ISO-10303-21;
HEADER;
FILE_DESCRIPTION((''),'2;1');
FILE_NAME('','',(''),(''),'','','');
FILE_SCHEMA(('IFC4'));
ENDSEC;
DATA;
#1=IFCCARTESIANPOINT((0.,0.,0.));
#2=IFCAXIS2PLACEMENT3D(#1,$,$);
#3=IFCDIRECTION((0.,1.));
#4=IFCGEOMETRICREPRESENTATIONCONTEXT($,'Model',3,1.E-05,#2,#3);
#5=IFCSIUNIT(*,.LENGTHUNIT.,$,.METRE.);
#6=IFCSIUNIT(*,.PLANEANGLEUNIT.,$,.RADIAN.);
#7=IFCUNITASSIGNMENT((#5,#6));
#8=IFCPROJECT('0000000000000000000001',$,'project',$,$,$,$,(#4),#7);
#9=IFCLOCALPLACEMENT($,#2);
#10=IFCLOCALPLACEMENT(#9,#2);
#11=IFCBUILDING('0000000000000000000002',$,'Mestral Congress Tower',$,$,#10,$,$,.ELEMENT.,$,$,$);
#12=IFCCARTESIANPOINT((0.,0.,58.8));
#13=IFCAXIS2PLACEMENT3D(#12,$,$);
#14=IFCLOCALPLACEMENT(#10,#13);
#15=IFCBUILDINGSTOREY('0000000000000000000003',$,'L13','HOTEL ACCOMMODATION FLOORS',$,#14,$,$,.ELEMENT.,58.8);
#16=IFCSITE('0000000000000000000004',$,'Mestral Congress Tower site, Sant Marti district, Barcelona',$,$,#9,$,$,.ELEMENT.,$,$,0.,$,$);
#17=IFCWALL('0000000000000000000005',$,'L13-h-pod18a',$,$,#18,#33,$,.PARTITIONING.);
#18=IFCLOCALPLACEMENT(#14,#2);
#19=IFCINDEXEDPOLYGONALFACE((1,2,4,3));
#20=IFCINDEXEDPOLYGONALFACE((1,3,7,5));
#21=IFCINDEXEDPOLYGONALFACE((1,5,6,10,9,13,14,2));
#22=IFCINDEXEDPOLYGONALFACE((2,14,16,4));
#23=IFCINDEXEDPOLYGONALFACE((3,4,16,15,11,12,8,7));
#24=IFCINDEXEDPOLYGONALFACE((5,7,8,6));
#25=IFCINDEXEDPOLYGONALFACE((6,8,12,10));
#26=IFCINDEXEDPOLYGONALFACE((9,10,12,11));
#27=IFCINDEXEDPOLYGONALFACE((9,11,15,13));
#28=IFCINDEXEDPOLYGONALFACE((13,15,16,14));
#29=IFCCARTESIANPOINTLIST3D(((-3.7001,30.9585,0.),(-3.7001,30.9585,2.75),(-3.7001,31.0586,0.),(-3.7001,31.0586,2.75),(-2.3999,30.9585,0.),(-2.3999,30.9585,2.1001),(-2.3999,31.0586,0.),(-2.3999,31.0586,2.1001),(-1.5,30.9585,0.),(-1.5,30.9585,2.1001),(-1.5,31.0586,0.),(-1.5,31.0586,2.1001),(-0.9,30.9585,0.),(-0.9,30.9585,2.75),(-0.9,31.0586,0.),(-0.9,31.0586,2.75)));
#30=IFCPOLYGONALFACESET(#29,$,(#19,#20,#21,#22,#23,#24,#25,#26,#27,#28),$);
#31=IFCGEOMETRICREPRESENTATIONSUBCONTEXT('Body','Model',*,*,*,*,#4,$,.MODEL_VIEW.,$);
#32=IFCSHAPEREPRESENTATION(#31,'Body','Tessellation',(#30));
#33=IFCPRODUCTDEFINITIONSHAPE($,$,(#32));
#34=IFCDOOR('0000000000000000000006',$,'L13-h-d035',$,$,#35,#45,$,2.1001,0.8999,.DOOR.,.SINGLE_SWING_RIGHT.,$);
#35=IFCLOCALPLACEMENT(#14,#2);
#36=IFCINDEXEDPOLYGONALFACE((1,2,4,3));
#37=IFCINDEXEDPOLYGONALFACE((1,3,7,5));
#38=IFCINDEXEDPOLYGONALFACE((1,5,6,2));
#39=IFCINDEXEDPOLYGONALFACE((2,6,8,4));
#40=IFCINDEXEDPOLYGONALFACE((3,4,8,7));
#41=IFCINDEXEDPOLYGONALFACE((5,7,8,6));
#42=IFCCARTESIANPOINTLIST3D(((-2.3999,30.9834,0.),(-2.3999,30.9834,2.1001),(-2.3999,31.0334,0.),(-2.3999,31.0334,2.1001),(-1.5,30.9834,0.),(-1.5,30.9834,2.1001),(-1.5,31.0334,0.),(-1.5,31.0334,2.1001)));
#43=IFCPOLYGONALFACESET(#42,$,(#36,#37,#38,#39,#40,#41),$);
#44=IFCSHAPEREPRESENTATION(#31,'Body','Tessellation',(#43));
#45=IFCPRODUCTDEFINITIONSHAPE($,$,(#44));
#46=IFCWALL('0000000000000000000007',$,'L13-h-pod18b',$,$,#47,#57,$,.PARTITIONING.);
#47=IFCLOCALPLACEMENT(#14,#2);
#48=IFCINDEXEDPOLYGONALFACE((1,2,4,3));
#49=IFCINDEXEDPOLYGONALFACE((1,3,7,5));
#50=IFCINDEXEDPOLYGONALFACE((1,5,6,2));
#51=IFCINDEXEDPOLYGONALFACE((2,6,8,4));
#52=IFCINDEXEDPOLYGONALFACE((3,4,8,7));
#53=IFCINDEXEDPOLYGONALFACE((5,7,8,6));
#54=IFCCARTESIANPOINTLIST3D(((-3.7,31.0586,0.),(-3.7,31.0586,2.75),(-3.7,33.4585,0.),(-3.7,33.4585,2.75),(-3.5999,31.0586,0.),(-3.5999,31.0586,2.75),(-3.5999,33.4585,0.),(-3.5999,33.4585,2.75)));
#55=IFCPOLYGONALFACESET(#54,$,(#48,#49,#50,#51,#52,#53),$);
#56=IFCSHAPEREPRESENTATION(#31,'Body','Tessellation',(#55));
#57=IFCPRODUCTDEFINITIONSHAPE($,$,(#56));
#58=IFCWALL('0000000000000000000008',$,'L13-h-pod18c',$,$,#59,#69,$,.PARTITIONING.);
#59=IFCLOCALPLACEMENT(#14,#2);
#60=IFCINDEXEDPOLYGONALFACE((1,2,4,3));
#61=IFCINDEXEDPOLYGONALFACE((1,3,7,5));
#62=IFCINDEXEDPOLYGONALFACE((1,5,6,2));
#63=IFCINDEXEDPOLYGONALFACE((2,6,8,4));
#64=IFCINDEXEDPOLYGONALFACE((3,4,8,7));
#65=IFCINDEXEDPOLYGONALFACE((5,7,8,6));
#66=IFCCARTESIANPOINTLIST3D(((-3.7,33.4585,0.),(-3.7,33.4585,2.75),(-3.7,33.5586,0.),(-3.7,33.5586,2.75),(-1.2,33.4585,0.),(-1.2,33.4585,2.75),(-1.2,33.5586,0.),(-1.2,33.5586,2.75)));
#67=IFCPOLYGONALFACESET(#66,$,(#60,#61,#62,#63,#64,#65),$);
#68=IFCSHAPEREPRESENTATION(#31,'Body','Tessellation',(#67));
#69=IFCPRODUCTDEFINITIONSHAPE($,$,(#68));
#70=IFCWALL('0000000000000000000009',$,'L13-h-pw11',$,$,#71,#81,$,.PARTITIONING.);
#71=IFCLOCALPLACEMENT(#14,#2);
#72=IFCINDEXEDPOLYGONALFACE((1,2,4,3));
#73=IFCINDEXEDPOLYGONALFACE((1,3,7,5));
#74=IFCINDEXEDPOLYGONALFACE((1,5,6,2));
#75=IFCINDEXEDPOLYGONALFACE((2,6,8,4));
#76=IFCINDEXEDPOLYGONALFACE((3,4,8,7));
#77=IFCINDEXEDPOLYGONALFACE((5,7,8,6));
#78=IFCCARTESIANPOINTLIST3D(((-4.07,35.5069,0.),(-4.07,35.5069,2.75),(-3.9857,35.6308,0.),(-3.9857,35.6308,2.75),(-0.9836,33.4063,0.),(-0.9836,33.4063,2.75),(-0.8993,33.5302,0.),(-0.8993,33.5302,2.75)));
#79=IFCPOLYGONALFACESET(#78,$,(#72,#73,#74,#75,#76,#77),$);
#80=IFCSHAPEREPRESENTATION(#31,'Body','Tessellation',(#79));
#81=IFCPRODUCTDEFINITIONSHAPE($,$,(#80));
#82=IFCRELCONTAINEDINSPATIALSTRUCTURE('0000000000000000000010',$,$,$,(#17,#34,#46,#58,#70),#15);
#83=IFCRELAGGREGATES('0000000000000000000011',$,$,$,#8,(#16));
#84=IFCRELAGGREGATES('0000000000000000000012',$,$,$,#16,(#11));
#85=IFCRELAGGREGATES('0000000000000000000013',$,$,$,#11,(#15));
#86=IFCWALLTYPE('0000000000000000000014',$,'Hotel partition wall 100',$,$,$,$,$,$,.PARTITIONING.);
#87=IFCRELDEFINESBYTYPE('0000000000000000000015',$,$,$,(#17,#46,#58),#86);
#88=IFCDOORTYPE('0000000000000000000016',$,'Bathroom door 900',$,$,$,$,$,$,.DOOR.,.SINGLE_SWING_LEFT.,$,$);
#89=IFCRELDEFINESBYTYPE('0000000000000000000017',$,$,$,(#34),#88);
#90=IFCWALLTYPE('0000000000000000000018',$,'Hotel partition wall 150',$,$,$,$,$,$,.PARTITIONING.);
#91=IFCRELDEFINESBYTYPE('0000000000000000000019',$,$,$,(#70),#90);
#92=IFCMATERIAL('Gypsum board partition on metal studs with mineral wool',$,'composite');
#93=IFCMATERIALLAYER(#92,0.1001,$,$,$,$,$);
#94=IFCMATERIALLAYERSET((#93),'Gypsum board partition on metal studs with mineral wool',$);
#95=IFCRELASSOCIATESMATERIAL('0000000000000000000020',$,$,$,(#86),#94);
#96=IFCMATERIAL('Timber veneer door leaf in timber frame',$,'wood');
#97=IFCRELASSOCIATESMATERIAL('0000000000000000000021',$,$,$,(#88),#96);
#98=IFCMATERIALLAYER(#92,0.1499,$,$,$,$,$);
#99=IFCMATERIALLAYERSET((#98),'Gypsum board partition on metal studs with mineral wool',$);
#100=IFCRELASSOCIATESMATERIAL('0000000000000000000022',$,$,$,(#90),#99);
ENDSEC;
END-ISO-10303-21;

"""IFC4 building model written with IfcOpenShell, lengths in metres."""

from ifc_helpers import new_model, si_unit, direction, frame, frame_2d, origin, place, context, subcontext, project, spatial, rectangle, extrude, material, layer, layer_set, type_object, element, fill, save


model = new_model("IFC4")

# Units and contexts
model_context = context("Model", 3, precision=1e-05, world=origin(), true_north=direction((0.0, 1.0)))
body_context = subcontext(model_context, "Body", "Model", "MODEL_VIEW")
ifc_project = project(units=[si_unit("LENGTHUNIT", "METRE"), si_unit("PLANEANGLEUNIT", "RADIAN")], contexts=[model_context])

# Site, building, storey
site_placement = place(None, origin())
site = spatial("IfcSite", under=ifc_project, at=site_placement, Name="Mestral Congress Tower site, Sant Marti district, Barcelona", CompositionType="ELEMENT", RefElevation=0.0)
building_placement = place(site_placement, origin())
building = spatial("IfcBuilding", under=site, at=building_placement, Name="Mestral Congress Tower", CompositionType="ELEMENT")
storey_placement = place(building_placement, frame((0.0, 0.0, 58.8)))
storey = spatial("IfcBuildingStorey", under=building, at=storey_placement, Name="L13", Description="HOTEL ACCOMMODATION FLOORS", CompositionType="ELEMENT", Elevation=58.8)

# Wall, opening, door
ifc_material_1 = material(Name="Gypsum board partition on metal studs with mineral wool", Category="composite")
ifc_layer_1 = layer(ifc_material_1, 0.1001)
ifc_layer_set_1 = layer_set([ifc_layer_1], Name="Gypsum board partition on metal studs with mineral wool")
wall_type_1 = type_object("IfcWallType", Name="Hotel partition wall 100", PredefinedType="PARTITIONING", material=ifc_layer_set_1)
wall_1_placement = place(storey_placement, frame((-3.7, 31.0085, 0.0), z_axis=(0.0, 0.0, 1.0), x_axis=(1.0, 0.0, 0.0)))
wall_1 = element("IfcWall", 1, at=wall_1_placement, inside=storey, type_object=wall_type_1, Name="L13-h-pod18a", PredefinedType="PARTITIONING", context=body_context, shape_type="SweptSolid", body=[
    extrude(rectangle(XDim=2.8, YDim=0.1001, at=frame_2d((1.3999, 0.0))), origin(), (0.0, 0.0, 1.0), 2.75),
])
opening_1_placement = place(wall_1_placement, frame((1.3, 0.0, 0.0)))
opening_1 = element("IfcOpeningElement", 2, at=opening_1_placement, cuts=wall_1, PredefinedType="OPENING", context=body_context, shape_type="SweptSolid", body=[
    extrude(rectangle(XDim=0.8999, YDim=2.1001, at=frame_2d((0.45, 1.05))), frame((0.0, 0.0601, 0.0), z_axis=(0.0, -1.0, 0.0), x_axis=(1.0, 0.0, 0.0)), (0.0, 0.0, 1.0), 0.1201),
])
ifc_material_2 = material(Name="Timber veneer door leaf in timber frame", Category="wood")
door_type = type_object("IfcDoorType", Name="Bathroom door 900", OperationType="SINGLE_SWING_LEFT", PredefinedType="DOOR", material=ifc_material_2)
door_placement = place(opening_1_placement, origin())
door = element("IfcDoor", 3, at=door_placement, inside=storey, type_object=door_type, Name="L13-h-d035", OperationType="SINGLE_SWING_RIGHT", OverallHeight=2.1001, OverallWidth=0.8999, PredefinedType="DOOR", context=body_context, shape_type="SweptSolid", body=[
    extrude(rectangle(XDim=0.8999, YDim=2.1001, at=frame_2d((0.45, 1.05))), frame((0.0, 0.0249, 0.0), z_axis=(0.0, -1.0, 0.0), x_axis=(1.0, 0.0, 0.0)), (0.0, 0.0, 1.0), 0.05),
])
fill(opening_1, door)

# Walls
wall_2_placement = place(storey_placement, frame((-3.6499, 31.0586, 0.0), z_axis=(0.0, 0.0, 1.0), x_axis=(0.0, 1.0, 0.0)))
element("IfcWall", 4, at=wall_2_placement, inside=storey, type_object=wall_type_1, Name="L13-h-pod18b", PredefinedType="PARTITIONING", context=body_context, shape_type="SweptSolid", body=[
    extrude(rectangle(XDim=2.3999, YDim=0.1001, at=frame_2d((1.2, 0.0))), origin(), (0.0, 0.0, 1.0), 2.75),
])
wall_3_placement = place(storey_placement, frame((-1.2, 33.5085, 0.0), z_axis=(0.0, 0.0, 1.0), x_axis=(-1.0, 0.0, 0.0)))
element("IfcWall", 5, at=wall_3_placement, inside=storey, type_object=wall_type_1, Name="L13-h-pod18c", PredefinedType="PARTITIONING", context=body_context, shape_type="SweptSolid", body=[
    extrude(rectangle(XDim=2.5, YDim=0.1001, at=frame_2d((1.25, 0.0))), origin(), (0.0, 0.0, 1.0), 2.75),
])
ifc_layer_2 = layer(ifc_material_1, 0.1499)
ifc_layer_set_2 = layer_set([ifc_layer_2], Name="Gypsum board partition on metal studs with mineral wool")
wall_type_2 = type_object("IfcWallType", Name="Hotel partition wall 150", PredefinedType="PARTITIONING", material=ifc_layer_set_2)
wall_4_placement = place(storey_placement, frame((-4.0278, 35.5688, 0.0), z_axis=(0.0, 0.0, 1.0), x_axis=(0.8267, -0.562643, 0.0)))
element("IfcWall", 6, at=wall_4_placement, inside=storey, type_object=wall_type_2, Name="L13-h-pw11", PredefinedType="PARTITIONING", context=body_context, shape_type="SweptSolid", body=[
    extrude(rectangle(XDim=3.7334, YDim=0.1499, at=frame_2d((1.8667, 0.0))), origin(), (0.0, 0.0, 1.0), 2.75),
])

save(model, "model.ifc")
